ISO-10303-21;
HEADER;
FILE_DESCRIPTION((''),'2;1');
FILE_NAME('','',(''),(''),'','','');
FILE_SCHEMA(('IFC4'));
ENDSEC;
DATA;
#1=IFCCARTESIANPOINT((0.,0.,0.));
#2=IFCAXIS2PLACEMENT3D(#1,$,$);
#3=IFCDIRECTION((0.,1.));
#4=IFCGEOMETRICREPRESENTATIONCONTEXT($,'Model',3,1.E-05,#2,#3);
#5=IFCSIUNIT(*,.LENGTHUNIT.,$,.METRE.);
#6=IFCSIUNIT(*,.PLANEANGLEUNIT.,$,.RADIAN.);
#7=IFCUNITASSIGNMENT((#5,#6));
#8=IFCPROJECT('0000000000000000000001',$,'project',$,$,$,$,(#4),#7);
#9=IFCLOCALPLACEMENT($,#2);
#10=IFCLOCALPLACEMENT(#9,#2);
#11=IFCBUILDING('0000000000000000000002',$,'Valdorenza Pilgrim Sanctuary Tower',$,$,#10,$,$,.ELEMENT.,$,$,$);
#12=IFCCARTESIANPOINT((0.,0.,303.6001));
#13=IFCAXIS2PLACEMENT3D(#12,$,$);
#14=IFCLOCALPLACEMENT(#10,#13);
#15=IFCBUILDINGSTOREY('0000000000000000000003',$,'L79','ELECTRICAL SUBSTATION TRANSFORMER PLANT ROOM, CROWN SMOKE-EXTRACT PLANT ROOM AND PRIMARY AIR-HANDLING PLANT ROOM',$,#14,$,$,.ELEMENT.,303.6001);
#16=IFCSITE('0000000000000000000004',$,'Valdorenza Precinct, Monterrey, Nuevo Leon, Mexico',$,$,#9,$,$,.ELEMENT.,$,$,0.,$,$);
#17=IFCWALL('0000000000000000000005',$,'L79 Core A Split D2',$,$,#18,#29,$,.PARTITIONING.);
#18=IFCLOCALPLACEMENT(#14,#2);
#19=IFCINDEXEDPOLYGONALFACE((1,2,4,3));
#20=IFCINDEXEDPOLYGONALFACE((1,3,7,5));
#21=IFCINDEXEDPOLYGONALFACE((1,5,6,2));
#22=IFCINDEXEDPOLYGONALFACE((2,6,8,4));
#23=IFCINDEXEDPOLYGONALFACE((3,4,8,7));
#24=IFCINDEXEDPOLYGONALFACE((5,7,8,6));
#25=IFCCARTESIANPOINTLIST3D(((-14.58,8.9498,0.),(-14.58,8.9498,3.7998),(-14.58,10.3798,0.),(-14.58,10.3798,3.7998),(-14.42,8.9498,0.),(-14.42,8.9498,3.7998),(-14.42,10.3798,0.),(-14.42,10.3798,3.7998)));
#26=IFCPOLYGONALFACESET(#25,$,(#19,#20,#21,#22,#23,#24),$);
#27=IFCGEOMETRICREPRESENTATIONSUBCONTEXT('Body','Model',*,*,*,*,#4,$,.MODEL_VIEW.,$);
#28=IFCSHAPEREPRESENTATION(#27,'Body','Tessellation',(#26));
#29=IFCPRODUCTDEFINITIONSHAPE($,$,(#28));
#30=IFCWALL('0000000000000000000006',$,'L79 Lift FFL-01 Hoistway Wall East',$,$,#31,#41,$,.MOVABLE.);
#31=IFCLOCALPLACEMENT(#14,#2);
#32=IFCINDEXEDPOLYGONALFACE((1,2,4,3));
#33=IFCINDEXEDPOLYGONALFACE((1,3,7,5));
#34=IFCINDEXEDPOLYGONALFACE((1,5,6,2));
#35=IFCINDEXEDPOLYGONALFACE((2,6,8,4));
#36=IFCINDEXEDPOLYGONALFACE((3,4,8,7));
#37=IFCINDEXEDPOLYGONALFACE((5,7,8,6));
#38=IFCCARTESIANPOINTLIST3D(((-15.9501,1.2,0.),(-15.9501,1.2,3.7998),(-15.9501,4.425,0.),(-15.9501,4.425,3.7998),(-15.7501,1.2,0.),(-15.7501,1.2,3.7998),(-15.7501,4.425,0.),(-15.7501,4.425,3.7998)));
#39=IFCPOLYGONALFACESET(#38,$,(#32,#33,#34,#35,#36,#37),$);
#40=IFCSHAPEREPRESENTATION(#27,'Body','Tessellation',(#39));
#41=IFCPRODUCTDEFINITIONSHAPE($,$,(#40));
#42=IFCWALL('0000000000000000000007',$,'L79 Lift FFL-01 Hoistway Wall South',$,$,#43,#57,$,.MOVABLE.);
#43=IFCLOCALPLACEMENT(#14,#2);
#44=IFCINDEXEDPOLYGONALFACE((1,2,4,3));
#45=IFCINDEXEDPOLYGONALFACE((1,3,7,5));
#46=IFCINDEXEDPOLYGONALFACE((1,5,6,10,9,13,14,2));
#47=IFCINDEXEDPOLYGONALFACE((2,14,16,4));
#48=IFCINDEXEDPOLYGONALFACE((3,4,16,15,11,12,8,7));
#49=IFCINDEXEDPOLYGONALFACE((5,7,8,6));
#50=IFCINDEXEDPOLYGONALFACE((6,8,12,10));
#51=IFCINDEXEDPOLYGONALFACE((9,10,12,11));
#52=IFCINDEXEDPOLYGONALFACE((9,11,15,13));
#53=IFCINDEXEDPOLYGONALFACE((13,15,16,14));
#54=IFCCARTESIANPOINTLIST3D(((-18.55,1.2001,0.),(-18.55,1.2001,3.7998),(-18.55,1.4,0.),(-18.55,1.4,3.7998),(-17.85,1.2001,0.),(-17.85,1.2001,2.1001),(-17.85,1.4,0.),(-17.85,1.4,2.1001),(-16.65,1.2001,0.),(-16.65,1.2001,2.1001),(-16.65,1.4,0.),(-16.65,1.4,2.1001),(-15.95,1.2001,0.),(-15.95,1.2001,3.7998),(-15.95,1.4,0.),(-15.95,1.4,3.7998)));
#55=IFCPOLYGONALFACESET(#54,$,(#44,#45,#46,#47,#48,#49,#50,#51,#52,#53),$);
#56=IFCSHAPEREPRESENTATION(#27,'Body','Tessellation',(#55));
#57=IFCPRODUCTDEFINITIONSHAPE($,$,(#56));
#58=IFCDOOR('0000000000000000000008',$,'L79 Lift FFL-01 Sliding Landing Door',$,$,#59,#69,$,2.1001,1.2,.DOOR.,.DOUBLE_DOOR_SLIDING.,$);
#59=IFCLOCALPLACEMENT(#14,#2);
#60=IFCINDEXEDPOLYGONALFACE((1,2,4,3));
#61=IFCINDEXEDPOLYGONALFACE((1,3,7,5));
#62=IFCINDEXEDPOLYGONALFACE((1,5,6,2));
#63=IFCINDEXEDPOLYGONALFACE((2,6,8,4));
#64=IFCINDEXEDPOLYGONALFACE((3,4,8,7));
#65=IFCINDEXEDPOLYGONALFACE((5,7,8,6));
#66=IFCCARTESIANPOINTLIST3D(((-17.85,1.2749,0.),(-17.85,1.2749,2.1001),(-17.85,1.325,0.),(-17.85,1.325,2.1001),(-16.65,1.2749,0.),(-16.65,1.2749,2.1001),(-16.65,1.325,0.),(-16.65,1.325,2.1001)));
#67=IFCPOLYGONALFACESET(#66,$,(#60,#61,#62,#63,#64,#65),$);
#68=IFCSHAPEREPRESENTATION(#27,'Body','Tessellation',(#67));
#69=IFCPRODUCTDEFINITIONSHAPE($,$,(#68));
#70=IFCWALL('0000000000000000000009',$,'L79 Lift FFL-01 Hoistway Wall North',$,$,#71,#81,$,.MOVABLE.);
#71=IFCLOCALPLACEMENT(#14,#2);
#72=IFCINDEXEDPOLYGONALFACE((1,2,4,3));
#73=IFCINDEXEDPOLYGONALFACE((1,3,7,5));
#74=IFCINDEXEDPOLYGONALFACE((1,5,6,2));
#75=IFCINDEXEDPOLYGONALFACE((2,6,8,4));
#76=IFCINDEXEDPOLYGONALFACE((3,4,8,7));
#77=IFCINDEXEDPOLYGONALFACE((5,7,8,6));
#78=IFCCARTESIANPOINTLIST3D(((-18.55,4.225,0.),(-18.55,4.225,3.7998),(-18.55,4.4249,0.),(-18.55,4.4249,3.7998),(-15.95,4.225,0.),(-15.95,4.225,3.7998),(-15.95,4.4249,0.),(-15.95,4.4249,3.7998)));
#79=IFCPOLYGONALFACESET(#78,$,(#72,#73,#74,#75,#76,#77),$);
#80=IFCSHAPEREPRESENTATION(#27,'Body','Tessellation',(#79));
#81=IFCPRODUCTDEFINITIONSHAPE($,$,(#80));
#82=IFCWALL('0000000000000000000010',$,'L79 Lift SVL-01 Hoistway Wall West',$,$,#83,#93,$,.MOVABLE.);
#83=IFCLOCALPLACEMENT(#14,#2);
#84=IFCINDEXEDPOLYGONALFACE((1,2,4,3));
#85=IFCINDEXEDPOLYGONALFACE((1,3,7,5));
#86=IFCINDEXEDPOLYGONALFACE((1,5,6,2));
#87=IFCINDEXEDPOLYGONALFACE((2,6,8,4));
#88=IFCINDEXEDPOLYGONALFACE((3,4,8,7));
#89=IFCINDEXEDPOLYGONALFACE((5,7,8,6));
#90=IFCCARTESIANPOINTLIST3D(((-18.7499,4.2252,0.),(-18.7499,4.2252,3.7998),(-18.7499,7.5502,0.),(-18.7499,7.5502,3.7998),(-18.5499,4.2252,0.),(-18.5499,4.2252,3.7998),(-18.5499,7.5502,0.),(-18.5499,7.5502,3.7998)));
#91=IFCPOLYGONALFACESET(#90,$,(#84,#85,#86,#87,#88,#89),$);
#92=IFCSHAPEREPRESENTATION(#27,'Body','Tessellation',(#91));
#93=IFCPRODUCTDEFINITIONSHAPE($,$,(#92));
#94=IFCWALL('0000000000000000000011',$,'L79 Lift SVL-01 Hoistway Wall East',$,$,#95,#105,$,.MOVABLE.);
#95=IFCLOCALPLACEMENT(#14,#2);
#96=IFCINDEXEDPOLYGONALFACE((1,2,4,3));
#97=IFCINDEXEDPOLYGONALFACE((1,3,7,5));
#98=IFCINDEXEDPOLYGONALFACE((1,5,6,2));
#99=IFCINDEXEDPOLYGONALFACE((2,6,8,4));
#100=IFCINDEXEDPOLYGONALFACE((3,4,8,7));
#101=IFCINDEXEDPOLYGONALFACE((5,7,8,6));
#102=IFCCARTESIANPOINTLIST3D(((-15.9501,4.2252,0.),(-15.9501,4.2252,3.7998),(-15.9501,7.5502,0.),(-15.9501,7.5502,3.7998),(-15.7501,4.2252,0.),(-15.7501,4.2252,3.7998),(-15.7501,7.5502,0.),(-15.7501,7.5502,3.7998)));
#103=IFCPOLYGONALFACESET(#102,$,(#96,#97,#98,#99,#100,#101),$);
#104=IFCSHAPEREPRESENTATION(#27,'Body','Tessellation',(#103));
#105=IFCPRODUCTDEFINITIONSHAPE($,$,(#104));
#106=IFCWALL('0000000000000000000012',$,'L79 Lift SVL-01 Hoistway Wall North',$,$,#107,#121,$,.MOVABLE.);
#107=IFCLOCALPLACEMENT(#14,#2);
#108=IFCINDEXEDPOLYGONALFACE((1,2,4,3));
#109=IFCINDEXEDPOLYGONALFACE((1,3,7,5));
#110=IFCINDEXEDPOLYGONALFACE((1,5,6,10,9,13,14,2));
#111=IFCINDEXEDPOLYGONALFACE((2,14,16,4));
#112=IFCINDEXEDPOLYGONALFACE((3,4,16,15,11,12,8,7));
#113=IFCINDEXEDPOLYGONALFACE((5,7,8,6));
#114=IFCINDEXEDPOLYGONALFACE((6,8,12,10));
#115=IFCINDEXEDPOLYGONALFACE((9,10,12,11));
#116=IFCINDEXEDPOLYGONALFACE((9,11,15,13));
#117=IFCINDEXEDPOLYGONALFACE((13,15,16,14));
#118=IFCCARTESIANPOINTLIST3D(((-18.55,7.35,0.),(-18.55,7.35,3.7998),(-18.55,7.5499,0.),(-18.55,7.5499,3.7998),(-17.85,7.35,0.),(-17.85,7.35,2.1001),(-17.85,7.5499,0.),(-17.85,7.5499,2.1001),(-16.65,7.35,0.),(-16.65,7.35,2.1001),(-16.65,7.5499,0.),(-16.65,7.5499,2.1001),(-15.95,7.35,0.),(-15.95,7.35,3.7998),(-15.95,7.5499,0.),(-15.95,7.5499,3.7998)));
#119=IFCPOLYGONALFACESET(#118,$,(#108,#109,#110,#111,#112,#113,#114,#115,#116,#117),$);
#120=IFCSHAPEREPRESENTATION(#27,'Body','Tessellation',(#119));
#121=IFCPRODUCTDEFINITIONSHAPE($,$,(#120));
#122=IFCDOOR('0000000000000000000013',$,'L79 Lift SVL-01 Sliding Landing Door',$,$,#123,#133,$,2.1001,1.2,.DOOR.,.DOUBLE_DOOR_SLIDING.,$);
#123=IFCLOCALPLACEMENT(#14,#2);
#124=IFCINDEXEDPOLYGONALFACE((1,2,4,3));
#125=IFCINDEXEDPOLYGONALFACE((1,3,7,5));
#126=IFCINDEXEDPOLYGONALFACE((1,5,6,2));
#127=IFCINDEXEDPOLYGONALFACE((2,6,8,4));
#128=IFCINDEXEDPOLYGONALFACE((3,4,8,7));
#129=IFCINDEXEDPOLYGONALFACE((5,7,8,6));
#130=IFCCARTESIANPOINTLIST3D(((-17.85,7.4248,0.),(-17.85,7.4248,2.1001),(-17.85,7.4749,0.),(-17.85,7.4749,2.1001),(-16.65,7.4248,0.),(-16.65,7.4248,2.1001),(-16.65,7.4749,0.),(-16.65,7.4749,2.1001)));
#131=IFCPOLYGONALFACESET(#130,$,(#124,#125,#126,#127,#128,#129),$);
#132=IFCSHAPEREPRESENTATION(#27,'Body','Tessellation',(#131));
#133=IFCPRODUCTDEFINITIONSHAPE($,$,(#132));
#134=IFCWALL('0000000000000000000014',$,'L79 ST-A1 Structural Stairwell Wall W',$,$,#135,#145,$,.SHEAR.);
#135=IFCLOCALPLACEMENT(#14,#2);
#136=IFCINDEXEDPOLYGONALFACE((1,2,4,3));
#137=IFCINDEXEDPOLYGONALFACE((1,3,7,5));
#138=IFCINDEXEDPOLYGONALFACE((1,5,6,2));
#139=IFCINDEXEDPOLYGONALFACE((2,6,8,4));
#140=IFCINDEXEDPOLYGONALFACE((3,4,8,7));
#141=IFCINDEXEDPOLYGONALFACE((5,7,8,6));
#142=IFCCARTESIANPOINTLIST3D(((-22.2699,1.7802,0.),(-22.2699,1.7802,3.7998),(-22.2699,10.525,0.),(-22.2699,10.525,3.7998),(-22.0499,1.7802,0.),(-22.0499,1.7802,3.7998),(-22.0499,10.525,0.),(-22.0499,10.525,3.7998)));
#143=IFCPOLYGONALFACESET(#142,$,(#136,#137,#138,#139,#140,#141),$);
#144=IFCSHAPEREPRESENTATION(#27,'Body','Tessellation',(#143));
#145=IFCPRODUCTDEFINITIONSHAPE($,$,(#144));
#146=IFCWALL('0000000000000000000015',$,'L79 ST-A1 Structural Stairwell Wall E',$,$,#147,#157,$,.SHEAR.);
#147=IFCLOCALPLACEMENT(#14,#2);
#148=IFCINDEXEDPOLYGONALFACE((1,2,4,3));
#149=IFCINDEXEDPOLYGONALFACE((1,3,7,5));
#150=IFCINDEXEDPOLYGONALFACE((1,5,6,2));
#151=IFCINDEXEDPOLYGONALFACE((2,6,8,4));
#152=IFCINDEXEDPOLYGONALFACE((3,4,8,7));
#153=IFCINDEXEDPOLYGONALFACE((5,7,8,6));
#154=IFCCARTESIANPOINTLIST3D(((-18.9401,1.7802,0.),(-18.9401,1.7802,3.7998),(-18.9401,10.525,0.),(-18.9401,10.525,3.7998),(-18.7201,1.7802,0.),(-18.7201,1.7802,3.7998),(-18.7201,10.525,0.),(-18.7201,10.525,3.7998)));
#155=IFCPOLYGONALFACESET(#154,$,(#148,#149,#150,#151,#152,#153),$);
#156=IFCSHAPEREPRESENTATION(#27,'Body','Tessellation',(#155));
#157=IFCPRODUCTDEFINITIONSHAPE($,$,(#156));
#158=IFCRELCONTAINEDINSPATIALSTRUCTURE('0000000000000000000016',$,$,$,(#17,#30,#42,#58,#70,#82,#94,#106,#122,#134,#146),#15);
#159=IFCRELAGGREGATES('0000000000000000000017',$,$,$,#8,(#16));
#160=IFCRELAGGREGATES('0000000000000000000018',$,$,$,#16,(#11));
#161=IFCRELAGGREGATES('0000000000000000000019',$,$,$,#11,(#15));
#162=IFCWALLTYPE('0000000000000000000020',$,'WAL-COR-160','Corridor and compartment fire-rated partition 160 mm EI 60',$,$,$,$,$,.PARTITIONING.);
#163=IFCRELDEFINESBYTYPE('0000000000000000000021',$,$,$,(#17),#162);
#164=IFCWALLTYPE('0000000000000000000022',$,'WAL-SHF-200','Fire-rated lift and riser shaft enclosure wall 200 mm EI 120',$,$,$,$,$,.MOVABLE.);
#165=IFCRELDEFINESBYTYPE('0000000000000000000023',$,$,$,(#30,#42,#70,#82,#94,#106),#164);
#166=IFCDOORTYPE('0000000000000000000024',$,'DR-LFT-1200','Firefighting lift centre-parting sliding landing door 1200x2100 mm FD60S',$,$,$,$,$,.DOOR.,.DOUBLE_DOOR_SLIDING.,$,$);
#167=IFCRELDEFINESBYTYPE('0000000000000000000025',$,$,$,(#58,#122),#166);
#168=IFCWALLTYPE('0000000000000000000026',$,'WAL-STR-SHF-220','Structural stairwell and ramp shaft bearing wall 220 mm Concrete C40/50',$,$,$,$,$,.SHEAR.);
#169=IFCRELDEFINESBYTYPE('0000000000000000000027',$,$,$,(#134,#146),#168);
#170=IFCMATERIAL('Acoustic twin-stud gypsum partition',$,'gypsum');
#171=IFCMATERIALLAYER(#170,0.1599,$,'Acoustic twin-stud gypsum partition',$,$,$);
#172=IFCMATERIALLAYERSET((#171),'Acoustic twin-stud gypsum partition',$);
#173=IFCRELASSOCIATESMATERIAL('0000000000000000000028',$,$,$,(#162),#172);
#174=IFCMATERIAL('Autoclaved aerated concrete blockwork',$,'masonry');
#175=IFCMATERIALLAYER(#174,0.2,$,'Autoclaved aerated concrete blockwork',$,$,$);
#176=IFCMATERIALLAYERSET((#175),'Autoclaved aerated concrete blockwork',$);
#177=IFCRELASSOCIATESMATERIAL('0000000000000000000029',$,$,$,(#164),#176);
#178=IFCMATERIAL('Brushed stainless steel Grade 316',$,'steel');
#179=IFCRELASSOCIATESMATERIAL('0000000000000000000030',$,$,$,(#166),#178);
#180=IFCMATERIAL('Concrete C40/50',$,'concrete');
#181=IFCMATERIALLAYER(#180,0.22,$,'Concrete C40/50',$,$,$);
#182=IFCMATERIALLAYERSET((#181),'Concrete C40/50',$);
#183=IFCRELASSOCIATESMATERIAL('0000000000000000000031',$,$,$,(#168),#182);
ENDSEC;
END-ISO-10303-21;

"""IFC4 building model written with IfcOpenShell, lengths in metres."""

from ifc_helpers import new_model, si_unit, direction, frame, frame_2d, origin, place, context, subcontext, project, spatial, rectangle, extrude, material, layer, layer_set, type_object, element, fill, save


model = new_model("IFC4")

# Units and contexts
model_context = context("Model", 3, precision=1e-05, world=origin(), true_north=direction((0.0, 1.0)))
body_context = subcontext(model_context, "Body", "Model", "MODEL_VIEW")
ifc_project = project(units=[si_unit("LENGTHUNIT", "METRE"), si_unit("PLANEANGLEUNIT", "RADIAN")], contexts=[model_context])

# Site, building, storey
site_placement = place(None, origin())
site = spatial("IfcSite", under=ifc_project, at=site_placement, Name="Valdorenza Precinct, Monterrey, Nuevo Leon, Mexico", CompositionType="ELEMENT", RefElevation=0.0)
building_placement = place(site_placement, origin())
building = spatial("IfcBuilding", under=site, at=building_placement, Name="Valdorenza Pilgrim Sanctuary Tower", CompositionType="ELEMENT")
storey_placement = place(building_placement, frame((0.0, 0.0, 303.6001)))
storey = spatial("IfcBuildingStorey", under=building, at=storey_placement, Name="L79", Description="ELECTRICAL SUBSTATION TRANSFORMER PLANT ROOM, CROWN SMOKE-EXTRACT PLANT ROOM AND PRIMARY AIR-HANDLING PLANT ROOM", CompositionType="ELEMENT", Elevation=303.6001)

# Shared definitions
ifc_material_1 = material(Name="Acoustic twin-stud gypsum partition", Category="gypsum")
ifc_layer_1 = layer(ifc_material_1, 0.1599, Name="Acoustic twin-stud gypsum partition")
ifc_layer_set_1 = layer_set([ifc_layer_1], Name="Acoustic twin-stud gypsum partition")
wall_type_1 = type_object("IfcWallType", Name="WAL-COR-160", Description="Corridor and compartment fire-rated partition 160 mm EI 60", PredefinedType="PARTITIONING", material=ifc_layer_set_1)

# Walls
for number, where, z_axis, x_axis, name in (
    (1, (-14.5, 8.95, 0.0), (0.0, 0.0, 1.0), (0.0, 1.0, 0.0), "L79 Core A Split D2"),
):
    element("IfcWall", number, at=place(storey_placement, frame(where, z_axis=z_axis, x_axis=x_axis)), inside=storey, type_object=wall_type_1, Name=name, PredefinedType="PARTITIONING", context=body_context, shape_type="SweptSolid", body=[
        extrude(rectangle(XDim=1.4299, YDim=0.1599, at=frame_2d((0.7148, 0.0))), origin(), (0.0, 0.0, 1.0), 3.7998),
    ])
ifc_material_2 = material(Name="Autoclaved aerated concrete blockwork", Category="masonry")
ifc_layer_2 = layer(ifc_material_2, 0.2, Name="Autoclaved aerated concrete blockwork")
ifc_layer_set_2 = layer_set([ifc_layer_2], Name="Autoclaved aerated concrete blockwork")
wall_type_2 = type_object("IfcWallType", Name="WAL-SHF-200", Description="Fire-rated lift and riser shaft enclosure wall 200 mm EI 120", PredefinedType="MOVABLE", material=ifc_layer_set_2)
wall_1_placement = place(storey_placement, frame((-15.8501, 1.2, 0.0), z_axis=(0.0, 0.0, 1.0), x_axis=(0.0, 1.0, 0.0)))
element("IfcWall", 2, at=wall_1_placement, inside=storey, type_object=wall_type_2, Name="L79 Lift FFL-01 Hoistway Wall East", PredefinedType="MOVABLE", context=body_context, shape_type="SweptSolid", body=[
    extrude(rectangle(XDim=3.2251, YDim=0.2, at=frame_2d((1.6125, 0.0))), origin(), (0.0, 0.0, 1.0), 3.7998),
])

# Wall, opening, door
wall_2_placement = place(storey_placement, frame((-18.55, 1.3, 0.0), z_axis=(0.0, 0.0, 1.0), x_axis=(1.0, 0.0, 0.0)))
wall_2 = element("IfcWall", 3, at=wall_2_placement, inside=storey, type_object=wall_type_2, Name="L79 Lift FFL-01 Hoistway Wall South", PredefinedType="MOVABLE", context=body_context, shape_type="SweptSolid", body=[
    extrude(rectangle(XDim=2.6001, YDim=0.2, at=frame_2d((1.3, 0.0))), origin(), (0.0, 0.0, 1.0), 3.7998),
])
opening_1_placement = place(wall_2_placement, frame((0.7, 0.0, 0.0)))
opening_1 = element("IfcOpeningElement", 4, at=opening_1_placement, cuts=wall_2, PredefinedType="OPENING", context=body_context, shape_type="SweptSolid", body=[
    extrude(rectangle(XDim=1.2, YDim=2.1001, at=frame_2d((0.6001, 1.05))), frame((0.0, 0.1147, 0.0), z_axis=(0.0, -1.0, 0.0), x_axis=(1.0, 0.0, 0.0)), (0.0, 0.0, 1.0), 0.2297),
])
ifc_material_3 = material(Name="Brushed stainless steel Grade 316", Category="steel")
door_type_1 = type_object("IfcDoorType", Name="DR-LFT-1200", Description="Firefighting lift centre-parting sliding landing door 1200x2100 mm FD60S", OperationType="DOUBLE_DOOR_SLIDING", PredefinedType="DOOR", material=ifc_material_3)
door_1_placement = place(opening_1_placement, origin())
door_1 = element("IfcDoor", 5, at=door_1_placement, inside=storey, type_object=door_type_1, Name="L79 Lift FFL-01 Sliding Landing Door", OperationType="DOUBLE_DOOR_SLIDING", OverallHeight=2.1001, OverallWidth=1.2, PredefinedType="DOOR", context=body_context, shape_type="SweptSolid", body=[
    extrude(rectangle(XDim=1.2, YDim=2.1001, at=frame_2d((0.6001, 1.05))), frame((0.0, 0.0249, 0.0), z_axis=(0.0, -1.0, 0.0), x_axis=(1.0, 0.0, 0.0)), (0.0, 0.0, 1.0), 0.05),
])
fill(opening_1, door_1)

# Walls
wall_3_placement = place(storey_placement, frame((-18.55, 4.325, 0.0), z_axis=(0.0, 0.0, 1.0), x_axis=(1.0, 0.0, 0.0)))
element("IfcWall", 6, at=wall_3_placement, inside=storey, type_object=wall_type_2, Name="L79 Lift FFL-01 Hoistway Wall North", PredefinedType="MOVABLE", context=body_context, shape_type="SweptSolid", body=[
    extrude(rectangle(XDim=2.6001, YDim=0.2, at=frame_2d((1.3, 0.0))), origin(), (0.0, 0.0, 1.0), 3.7998),
])
for number, where, z_axis, x_axis, name in (
    (7, (-18.6499, 4.2251, 0.0), (0.0, 0.0, 1.0), (0.0, 1.0, 0.0), "L79 Lift SVL-01 Hoistway Wall West"),
    (8, (-15.8501, 4.2251, 0.0), (0.0, 0.0, 1.0), (0.0, 1.0, 0.0), "L79 Lift SVL-01 Hoistway Wall East"),
):
    element("IfcWall", number, at=place(storey_placement, frame(where, z_axis=z_axis, x_axis=x_axis)), inside=storey, type_object=wall_type_2, Name=name, PredefinedType="MOVABLE", context=body_context, shape_type="SweptSolid", body=[
        extrude(rectangle(XDim=3.325, YDim=0.2, at=frame_2d((1.6626, 0.0))), origin(), (0.0, 0.0, 1.0), 3.7998),
    ])

# Wall, opening, door
wall_4_placement = place(storey_placement, frame((-18.55, 7.45, 0.0), z_axis=(0.0, 0.0, 1.0), x_axis=(1.0, 0.0, 0.0)))
wall_4 = element("IfcWall", 9, at=wall_4_placement, inside=storey, type_object=wall_type_2, Name="L79 Lift SVL-01 Hoistway Wall North", PredefinedType="MOVABLE", context=body_context, shape_type="SweptSolid", body=[
    extrude(rectangle(XDim=2.6001, YDim=0.2, at=frame_2d((1.3, 0.0))), origin(), (0.0, 0.0, 1.0), 3.7998),
])
opening_2_placement = place(wall_4_placement, frame((0.7, 0.0, 0.0)))
opening_2 = element("IfcOpeningElement", 10, at=opening_2_placement, cuts=wall_4, PredefinedType="OPENING", context=body_context, shape_type="SweptSolid", body=[
    extrude(rectangle(XDim=1.2, YDim=2.1001, at=frame_2d((0.6001, 1.05))), frame((0.0, 0.1147, 0.0), z_axis=(0.0, -1.0, 0.0), x_axis=(1.0, 0.0, 0.0)), (0.0, 0.0, 1.0), 0.2297),
])
door_2_placement = place(opening_2_placement, origin())
door_2 = element("IfcDoor", 11, at=door_2_placement, inside=storey, type_object=door_type_1, Name="L79 Lift SVL-01 Sliding Landing Door", OperationType="DOUBLE_DOOR_SLIDING", OverallHeight=2.1001, OverallWidth=1.2, PredefinedType="DOOR", context=body_context, shape_type="SweptSolid", body=[
    extrude(rectangle(XDim=1.2, YDim=2.1001, at=frame_2d((0.6001, 1.05))), frame((0.0, 0.0249, 0.0), z_axis=(0.0, -1.0, 0.0), x_axis=(1.0, 0.0, 0.0)), (0.0, 0.0, 1.0), 0.05),
])
fill(opening_2, door_2)

# Walls
ifc_material_4 = material(Name="Concrete C40/50", Category="concrete")
ifc_layer_3 = layer(ifc_material_4, 0.22, Name="Concrete C40/50")
ifc_layer_set_3 = layer_set([ifc_layer_3], Name="Concrete C40/50")
wall_type_3 = type_object("IfcWallType", Name="WAL-STR-SHF-220", Description="Structural stairwell and ramp shaft bearing wall 220 mm Concrete C40/50", PredefinedType="SHEAR", material=ifc_layer_set_3)
for number, where, z_axis, x_axis, name in (
    (12, (-22.1599, 1.78, 0.0), (0.0, 0.0, 1.0), (0.0, 1.0, 0.0), "L79 ST-A1 Structural Stairwell Wall W"),
    (13, (-18.8301, 1.78, 0.0), (0.0, 0.0, 1.0), (0.0, 1.0, 0.0), "L79 ST-A1 Structural Stairwell Wall E"),
):
    element("IfcWall", number, at=place(storey_placement, frame(where, z_axis=z_axis, x_axis=x_axis)), inside=storey, type_object=wall_type_3, Name=name, PredefinedType="SHEAR", context=body_context, shape_type="SweptSolid", body=[
        extrude(rectangle(XDim=8.7449, YDim=0.22, at=frame_2d((4.3726, 0.0))), origin(), (0.0, 0.0, 1.0), 3.7998),
    ])

save(model, "model.ifc")
